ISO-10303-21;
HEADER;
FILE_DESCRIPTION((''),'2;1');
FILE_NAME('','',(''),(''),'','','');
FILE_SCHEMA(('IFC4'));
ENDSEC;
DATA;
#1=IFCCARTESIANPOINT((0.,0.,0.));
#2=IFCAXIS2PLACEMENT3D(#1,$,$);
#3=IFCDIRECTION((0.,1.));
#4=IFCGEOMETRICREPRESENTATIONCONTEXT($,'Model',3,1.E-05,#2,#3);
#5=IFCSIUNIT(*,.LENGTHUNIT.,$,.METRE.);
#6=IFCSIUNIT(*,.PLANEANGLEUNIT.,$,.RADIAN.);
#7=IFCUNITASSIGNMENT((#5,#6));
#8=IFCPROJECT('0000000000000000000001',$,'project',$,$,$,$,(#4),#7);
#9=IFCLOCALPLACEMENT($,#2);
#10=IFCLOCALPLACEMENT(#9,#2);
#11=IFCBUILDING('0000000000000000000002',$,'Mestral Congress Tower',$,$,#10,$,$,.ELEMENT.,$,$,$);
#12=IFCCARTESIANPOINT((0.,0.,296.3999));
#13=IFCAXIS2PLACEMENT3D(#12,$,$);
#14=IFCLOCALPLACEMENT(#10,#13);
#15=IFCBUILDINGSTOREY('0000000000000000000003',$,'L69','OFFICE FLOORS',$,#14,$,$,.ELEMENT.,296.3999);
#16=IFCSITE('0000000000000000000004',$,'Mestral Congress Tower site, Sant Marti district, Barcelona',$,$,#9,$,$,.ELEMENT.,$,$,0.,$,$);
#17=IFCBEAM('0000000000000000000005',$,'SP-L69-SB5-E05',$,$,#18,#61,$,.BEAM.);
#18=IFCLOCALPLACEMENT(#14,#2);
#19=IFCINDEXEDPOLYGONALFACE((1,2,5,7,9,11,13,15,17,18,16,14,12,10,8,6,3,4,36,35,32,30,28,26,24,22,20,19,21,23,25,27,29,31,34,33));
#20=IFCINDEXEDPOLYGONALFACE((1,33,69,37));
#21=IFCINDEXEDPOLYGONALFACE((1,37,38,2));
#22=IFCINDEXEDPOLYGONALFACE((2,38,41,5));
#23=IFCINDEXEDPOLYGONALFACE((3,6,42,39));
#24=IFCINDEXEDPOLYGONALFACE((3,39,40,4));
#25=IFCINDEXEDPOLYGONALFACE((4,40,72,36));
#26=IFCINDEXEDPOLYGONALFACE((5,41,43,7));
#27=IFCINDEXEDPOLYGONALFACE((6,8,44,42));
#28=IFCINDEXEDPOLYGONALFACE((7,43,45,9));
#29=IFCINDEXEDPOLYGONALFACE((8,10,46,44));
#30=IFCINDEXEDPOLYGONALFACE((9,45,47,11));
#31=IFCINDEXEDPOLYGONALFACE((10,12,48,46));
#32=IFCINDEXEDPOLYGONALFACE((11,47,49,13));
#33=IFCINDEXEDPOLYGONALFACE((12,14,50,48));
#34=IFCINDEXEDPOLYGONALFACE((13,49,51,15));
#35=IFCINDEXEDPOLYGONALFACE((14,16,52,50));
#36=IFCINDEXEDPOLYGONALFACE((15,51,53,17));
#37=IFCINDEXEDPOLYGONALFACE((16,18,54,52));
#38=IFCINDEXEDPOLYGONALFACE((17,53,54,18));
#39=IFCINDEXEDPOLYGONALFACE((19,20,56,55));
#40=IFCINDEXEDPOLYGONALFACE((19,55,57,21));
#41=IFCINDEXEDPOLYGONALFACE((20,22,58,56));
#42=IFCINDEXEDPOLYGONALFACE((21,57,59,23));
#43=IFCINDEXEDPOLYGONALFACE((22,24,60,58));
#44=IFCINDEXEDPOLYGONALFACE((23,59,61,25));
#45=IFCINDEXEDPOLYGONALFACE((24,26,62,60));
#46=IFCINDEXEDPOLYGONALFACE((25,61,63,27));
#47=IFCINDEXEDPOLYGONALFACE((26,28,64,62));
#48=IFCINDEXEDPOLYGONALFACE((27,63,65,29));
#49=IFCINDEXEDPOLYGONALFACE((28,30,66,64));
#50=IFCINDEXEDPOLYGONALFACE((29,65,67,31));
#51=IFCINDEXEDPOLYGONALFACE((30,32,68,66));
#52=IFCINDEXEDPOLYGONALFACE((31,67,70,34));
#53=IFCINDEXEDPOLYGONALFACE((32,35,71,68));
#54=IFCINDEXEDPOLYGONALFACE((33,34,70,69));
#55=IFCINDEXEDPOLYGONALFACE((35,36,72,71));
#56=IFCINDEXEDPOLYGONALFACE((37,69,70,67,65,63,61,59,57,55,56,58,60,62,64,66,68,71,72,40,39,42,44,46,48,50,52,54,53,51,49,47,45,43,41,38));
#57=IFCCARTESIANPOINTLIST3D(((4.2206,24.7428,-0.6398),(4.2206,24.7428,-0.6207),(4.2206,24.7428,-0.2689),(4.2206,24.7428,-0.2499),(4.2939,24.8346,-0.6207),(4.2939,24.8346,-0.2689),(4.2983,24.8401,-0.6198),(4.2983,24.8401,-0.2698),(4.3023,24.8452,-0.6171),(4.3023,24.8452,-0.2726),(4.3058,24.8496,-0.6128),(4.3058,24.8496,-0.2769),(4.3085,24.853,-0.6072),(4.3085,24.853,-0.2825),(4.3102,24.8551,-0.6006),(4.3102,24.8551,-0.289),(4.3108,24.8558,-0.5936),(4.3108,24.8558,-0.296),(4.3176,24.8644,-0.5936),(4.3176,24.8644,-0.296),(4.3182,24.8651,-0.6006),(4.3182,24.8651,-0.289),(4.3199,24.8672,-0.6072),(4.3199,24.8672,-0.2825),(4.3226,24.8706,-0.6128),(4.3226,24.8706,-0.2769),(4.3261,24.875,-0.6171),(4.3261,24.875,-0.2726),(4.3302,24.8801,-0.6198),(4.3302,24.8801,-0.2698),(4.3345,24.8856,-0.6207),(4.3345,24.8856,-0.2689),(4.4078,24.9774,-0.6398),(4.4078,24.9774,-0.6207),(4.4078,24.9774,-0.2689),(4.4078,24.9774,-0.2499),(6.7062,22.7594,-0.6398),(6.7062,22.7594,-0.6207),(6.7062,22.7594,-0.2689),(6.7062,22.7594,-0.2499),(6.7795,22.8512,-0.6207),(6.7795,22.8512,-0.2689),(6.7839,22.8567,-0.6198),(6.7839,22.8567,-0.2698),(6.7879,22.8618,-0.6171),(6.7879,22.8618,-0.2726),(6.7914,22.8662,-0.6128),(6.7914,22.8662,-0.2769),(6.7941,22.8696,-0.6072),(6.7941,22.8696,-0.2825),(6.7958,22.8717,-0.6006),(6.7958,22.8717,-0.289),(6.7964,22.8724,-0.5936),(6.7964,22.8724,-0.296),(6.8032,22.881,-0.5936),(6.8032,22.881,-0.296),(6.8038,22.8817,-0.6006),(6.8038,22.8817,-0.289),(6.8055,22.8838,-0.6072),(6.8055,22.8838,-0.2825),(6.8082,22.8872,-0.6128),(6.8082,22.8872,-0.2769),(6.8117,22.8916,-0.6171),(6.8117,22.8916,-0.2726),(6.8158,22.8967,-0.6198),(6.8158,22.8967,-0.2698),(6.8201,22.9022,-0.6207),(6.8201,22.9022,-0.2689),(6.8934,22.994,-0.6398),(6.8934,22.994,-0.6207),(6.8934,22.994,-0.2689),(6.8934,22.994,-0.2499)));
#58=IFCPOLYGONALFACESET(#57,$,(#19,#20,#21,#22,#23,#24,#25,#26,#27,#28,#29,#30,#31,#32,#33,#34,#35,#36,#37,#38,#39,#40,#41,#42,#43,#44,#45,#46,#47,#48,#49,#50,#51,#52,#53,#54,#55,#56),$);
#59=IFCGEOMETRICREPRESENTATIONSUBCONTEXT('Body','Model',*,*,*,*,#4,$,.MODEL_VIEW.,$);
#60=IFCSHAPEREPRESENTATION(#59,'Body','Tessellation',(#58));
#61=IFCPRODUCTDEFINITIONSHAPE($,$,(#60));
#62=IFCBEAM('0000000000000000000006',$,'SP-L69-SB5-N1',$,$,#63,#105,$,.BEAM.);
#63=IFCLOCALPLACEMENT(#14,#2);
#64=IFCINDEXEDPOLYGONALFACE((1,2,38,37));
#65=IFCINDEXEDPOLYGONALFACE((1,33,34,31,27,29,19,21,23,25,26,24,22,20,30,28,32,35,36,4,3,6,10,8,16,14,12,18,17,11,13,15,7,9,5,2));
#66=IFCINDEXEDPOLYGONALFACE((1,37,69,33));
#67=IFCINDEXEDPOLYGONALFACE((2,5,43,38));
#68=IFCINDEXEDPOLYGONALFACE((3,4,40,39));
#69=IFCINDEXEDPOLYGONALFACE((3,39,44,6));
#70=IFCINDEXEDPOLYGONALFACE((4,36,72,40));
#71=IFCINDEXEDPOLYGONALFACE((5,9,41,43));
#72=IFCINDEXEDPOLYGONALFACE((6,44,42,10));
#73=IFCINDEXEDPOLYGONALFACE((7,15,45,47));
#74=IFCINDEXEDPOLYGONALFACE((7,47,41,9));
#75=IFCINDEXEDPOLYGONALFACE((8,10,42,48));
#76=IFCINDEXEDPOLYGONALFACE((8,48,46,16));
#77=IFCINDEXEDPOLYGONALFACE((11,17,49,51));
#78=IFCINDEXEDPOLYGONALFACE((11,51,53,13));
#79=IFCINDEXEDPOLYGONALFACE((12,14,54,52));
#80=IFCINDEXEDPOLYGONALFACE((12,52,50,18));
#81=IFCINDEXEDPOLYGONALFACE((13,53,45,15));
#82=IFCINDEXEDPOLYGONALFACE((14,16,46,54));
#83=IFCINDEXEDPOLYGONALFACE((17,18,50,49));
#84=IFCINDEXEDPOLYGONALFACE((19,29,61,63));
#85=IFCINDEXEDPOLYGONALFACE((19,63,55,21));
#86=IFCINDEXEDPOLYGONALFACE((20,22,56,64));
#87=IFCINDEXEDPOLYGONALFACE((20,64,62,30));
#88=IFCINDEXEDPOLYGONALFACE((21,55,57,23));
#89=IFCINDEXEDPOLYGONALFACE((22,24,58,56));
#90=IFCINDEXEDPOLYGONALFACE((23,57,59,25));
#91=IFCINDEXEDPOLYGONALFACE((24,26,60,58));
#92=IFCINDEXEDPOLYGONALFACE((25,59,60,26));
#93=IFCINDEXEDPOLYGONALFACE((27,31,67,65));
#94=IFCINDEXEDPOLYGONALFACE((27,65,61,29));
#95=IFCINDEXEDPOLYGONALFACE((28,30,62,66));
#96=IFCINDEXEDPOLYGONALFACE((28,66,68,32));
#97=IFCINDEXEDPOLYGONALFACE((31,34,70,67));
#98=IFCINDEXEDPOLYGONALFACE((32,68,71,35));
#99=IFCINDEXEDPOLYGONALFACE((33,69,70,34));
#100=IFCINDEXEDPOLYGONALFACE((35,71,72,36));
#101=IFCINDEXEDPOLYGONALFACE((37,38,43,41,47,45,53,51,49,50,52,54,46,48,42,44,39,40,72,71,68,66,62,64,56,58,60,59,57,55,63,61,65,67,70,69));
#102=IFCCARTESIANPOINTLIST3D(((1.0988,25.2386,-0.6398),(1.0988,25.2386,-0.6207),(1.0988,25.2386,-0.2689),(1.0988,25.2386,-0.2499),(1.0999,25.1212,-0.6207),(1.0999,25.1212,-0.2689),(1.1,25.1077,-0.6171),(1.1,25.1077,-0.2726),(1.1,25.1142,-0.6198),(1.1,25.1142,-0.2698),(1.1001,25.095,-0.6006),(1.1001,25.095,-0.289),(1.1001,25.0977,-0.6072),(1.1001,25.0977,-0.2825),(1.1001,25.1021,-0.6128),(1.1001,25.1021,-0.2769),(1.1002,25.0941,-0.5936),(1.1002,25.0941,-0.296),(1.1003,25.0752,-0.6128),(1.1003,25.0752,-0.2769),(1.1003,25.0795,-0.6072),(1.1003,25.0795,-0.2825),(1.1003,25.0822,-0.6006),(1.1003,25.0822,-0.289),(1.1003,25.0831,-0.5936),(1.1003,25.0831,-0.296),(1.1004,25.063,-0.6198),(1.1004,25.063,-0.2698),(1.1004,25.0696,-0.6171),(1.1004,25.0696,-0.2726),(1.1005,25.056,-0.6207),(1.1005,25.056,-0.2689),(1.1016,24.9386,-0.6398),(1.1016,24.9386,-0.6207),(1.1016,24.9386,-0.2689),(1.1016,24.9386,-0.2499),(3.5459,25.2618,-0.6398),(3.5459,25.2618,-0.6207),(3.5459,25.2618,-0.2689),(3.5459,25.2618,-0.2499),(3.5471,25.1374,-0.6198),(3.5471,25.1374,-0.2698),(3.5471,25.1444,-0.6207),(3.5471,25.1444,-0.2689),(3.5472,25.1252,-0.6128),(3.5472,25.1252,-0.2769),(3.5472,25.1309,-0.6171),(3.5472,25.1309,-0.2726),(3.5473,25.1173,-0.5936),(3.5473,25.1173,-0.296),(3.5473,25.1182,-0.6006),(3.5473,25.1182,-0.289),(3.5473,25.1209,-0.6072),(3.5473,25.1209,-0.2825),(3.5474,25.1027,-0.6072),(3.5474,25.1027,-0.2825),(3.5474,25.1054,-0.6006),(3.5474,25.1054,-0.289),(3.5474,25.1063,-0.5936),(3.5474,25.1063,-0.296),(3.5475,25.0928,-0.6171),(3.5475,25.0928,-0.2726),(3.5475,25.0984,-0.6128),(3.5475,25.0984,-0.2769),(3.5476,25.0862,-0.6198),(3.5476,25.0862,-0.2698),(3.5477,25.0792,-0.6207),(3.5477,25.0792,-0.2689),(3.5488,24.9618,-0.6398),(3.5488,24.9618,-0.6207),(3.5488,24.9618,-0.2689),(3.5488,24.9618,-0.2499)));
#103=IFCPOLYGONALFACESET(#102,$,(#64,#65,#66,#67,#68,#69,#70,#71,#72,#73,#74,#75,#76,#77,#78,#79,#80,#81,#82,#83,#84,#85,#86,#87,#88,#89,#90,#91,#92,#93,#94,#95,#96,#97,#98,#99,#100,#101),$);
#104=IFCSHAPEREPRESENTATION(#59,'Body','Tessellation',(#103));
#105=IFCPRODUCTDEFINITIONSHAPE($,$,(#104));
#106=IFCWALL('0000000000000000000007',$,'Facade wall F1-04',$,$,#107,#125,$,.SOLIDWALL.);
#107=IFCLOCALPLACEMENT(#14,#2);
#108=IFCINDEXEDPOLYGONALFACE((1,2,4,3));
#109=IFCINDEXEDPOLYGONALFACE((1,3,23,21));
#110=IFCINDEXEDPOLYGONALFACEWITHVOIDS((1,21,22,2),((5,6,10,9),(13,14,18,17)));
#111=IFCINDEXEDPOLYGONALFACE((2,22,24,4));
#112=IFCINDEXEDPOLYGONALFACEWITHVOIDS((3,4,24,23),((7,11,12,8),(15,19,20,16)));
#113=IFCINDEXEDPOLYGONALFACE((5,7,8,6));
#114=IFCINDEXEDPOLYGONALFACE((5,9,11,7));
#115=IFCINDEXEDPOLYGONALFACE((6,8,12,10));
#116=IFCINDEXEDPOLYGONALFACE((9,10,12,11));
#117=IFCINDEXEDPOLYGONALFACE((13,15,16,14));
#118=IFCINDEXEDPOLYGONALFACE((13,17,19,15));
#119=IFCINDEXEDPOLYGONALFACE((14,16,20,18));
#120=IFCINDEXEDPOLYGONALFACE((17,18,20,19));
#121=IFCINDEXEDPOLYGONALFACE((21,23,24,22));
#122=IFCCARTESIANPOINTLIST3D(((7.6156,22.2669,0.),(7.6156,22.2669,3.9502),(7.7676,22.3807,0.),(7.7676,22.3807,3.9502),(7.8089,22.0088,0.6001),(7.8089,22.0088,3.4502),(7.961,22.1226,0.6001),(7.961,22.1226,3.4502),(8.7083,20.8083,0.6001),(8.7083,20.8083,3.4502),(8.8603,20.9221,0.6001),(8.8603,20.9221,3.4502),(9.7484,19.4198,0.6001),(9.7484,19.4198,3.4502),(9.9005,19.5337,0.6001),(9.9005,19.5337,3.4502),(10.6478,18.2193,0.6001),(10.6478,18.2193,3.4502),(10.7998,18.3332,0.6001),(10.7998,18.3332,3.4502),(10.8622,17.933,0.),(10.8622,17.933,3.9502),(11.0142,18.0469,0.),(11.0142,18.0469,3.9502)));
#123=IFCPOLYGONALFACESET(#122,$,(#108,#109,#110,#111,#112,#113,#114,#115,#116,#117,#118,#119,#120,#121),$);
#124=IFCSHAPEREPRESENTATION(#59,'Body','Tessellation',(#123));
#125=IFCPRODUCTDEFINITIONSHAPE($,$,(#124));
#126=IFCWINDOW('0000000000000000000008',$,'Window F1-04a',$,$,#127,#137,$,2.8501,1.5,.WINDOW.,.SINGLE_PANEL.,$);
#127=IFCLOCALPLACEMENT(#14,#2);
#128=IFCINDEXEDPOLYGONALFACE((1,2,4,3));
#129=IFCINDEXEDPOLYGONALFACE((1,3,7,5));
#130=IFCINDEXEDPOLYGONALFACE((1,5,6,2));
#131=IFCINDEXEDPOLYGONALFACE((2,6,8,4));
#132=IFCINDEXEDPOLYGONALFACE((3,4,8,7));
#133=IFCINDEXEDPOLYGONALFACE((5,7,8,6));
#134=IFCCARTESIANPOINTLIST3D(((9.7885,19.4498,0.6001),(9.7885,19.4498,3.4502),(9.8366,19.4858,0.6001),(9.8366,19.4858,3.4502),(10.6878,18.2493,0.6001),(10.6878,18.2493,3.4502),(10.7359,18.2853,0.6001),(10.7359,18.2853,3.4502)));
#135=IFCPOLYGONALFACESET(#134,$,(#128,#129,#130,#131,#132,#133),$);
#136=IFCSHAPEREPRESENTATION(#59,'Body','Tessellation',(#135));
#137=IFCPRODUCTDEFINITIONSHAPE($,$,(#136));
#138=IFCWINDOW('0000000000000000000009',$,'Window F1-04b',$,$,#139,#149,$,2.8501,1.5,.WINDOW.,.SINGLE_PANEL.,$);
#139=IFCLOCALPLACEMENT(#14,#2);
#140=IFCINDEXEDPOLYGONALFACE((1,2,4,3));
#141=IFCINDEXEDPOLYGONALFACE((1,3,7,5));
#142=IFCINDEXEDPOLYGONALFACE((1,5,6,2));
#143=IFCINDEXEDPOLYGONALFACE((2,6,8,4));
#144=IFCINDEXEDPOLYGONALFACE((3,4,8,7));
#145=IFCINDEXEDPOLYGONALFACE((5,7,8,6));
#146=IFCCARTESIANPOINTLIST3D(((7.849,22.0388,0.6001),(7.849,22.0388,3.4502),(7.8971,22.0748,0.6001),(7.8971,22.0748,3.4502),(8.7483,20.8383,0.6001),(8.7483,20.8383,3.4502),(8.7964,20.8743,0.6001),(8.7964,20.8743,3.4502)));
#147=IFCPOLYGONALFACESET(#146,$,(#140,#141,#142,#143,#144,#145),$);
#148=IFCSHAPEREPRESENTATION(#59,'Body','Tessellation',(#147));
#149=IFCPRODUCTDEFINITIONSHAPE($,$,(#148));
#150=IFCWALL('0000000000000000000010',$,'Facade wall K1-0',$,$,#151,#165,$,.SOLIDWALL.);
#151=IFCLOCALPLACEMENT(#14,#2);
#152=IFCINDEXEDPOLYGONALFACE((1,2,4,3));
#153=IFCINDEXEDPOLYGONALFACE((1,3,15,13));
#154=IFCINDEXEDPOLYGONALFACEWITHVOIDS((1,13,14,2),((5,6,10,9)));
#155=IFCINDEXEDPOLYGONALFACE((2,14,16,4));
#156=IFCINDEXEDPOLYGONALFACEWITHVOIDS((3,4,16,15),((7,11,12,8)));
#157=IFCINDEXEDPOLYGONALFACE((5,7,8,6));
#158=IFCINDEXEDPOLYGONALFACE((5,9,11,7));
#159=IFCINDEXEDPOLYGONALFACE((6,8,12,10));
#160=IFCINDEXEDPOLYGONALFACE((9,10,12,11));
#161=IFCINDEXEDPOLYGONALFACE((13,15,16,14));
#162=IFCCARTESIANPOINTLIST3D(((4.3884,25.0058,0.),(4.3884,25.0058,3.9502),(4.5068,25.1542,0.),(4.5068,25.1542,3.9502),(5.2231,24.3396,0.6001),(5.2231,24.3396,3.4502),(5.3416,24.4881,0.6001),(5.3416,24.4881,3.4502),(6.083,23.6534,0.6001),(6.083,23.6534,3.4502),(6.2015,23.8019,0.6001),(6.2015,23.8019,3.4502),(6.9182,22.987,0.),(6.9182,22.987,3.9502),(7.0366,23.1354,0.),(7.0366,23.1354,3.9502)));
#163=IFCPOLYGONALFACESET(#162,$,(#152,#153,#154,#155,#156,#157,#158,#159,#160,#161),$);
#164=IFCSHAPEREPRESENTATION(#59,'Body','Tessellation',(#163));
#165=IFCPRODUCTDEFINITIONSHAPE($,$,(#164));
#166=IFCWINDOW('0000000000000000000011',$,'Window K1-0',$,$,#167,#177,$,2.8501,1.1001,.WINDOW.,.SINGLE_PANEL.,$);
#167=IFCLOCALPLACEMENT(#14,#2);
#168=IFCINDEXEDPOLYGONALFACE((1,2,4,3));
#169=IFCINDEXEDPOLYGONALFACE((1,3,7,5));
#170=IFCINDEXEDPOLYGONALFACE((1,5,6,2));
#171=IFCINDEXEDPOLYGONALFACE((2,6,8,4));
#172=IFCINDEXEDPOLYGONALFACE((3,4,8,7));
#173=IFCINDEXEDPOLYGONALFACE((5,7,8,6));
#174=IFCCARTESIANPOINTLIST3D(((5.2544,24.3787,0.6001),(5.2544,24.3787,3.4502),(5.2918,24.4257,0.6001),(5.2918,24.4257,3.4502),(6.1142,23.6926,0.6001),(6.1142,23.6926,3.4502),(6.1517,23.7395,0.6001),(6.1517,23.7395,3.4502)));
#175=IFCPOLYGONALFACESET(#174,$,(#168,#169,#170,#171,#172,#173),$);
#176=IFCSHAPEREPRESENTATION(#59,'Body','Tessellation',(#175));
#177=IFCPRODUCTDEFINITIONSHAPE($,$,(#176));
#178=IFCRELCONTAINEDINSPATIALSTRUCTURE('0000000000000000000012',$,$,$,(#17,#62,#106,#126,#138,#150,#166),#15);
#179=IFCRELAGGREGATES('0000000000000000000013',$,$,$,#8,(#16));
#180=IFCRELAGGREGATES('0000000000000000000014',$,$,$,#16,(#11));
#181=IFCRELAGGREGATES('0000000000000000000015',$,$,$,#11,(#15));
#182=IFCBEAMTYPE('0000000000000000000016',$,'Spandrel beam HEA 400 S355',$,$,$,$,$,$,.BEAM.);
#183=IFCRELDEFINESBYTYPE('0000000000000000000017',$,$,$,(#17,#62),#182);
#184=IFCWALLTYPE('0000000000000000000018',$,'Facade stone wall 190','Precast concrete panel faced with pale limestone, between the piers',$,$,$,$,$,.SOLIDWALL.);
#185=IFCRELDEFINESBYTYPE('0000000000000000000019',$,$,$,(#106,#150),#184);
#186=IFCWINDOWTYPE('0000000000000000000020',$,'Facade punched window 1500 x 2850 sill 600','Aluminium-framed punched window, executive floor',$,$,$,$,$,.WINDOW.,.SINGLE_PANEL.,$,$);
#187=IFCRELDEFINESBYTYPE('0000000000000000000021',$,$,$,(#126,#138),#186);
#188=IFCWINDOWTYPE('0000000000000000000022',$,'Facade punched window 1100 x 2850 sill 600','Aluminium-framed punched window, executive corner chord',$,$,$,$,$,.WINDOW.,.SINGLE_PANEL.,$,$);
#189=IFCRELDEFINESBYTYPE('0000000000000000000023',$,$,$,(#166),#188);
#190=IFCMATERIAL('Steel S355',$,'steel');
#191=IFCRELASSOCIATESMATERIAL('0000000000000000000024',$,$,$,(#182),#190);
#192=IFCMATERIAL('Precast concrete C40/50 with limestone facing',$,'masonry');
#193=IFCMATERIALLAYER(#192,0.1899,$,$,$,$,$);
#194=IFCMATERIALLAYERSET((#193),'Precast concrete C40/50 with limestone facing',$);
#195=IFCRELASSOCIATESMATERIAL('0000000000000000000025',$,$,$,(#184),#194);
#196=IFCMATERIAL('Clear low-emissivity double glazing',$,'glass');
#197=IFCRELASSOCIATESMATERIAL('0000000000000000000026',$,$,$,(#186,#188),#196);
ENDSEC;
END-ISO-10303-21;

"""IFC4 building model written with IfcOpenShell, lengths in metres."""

from ifc_helpers import new_model, si_unit, direction, frame, frame_2d, origin, origin_2d, place, context, subcontext, project, spatial, rectangle, i_section, extrude, material, layer, layer_set, material_profile, profile_set, type_object, element, fill, save


model = new_model("IFC4")

# Units and contexts
model_context = context("Model", 3, precision=1e-05, world=origin(), true_north=direction((0.0, 1.0)))
body_context = subcontext(model_context, "Body", "Model", "MODEL_VIEW")
ifc_project = project(units=[si_unit("LENGTHUNIT", "METRE"), si_unit("PLANEANGLEUNIT", "RADIAN")], contexts=[model_context])

# Site, building, storey
site_placement = place(None, origin())
site = spatial("IfcSite", under=ifc_project, at=site_placement, Name="Mestral Congress Tower site, Sant Marti district, Barcelona", CompositionType="ELEMENT", RefElevation=0.0)
building_placement = place(site_placement, origin())
building = spatial("IfcBuilding", under=site, at=building_placement, Name="Mestral Congress Tower", CompositionType="ELEMENT")
storey_placement = place(building_placement, frame((0.0, 0.0, 296.3999)))
storey = spatial("IfcBuildingStorey", under=building, at=storey_placement, Name="L69", Description="OFFICE FLOORS", CompositionType="ELEMENT", Elevation=296.3999)

# Beams
ifc_material_1 = material(Name="Steel S355", Category="steel")
ifc_material_profile_1 = material_profile(ifc_material_1, i_section(OverallWidth=0.3, OverallDepth=0.3899, WebThickness=0.011, FlangeThickness=0.019, FilletRadius=0.0271, at=origin_2d()), Name="HEA 400")
ifc_profile_set_1 = profile_set([ifc_material_profile_1], Name="Steel S355")
beam_type_1 = type_object("IfcBeamType", Name="Spandrel beam HEA 400 S355", PredefinedType="BEAM", material=ifc_profile_set_1)
beam_1_placement = place(storey_placement, frame((6.7998, 22.8767, -0.4448), z_axis=(-0.781647, 0.623721, 0.0), x_axis=(-0.623721, -0.781647, 0.0)))
element("IfcBeam", 1, at=beam_1_placement, inside=storey, type_object=beam_type_1, Name="SP-L69-SB5-E05", PredefinedType="BEAM", context=body_context, shape_type="SweptSolid", body=[
    extrude(i_section(OverallWidth=0.3, OverallDepth=0.3899, WebThickness=0.011, FlangeThickness=0.019, FilletRadius=0.0271, at=origin_2d()), origin(), (0.0, 0.0, 1.0), 3.1799),
])
beam_2_placement = place(storey_placement, frame((3.5474, 25.1118, -0.4448), z_axis=(-0.999955, -0.009477, 0.0), x_axis=(0.009477, -0.999955, 0.0)))
element("IfcBeam", 2, at=beam_2_placement, inside=storey, type_object=beam_type_1, Name="SP-L69-SB5-N1", PredefinedType="BEAM", context=body_context, shape_type="SweptSolid", body=[
    extrude(i_section(OverallWidth=0.3, OverallDepth=0.3899, WebThickness=0.011, FlangeThickness=0.019, FilletRadius=0.0271, at=origin_2d()), origin(), (0.0, 0.0, 1.0), 2.4473),
])

# Wall, openings, windows
ifc_material_2 = material(Name="Precast concrete C40/50 with limestone facing", Category="masonry")
ifc_layer_1 = layer(ifc_material_2, 0.1899)
ifc_layer_set_1 = layer_set([ifc_layer_1], Name="Precast concrete C40/50 with limestone facing")
wall_type_1 = type_object("IfcWallType", Name="Facade stone wall 190", Description="Precast concrete panel faced with pale limestone, between the piers", PredefinedType="SOLIDWALL", material=ifc_layer_set_1)
wall_1_placement = place(storey_placement, frame((10.9382, 17.99, 0.0), z_axis=(0.0, 0.0, 1.0), x_axis=(-0.59956, 0.80033, 0.0)))
wall_1 = element("IfcWall", 3, at=wall_1_placement, inside=storey, type_object=wall_type_1, Name="Facade wall F1-04", PredefinedType="SOLIDWALL", context=body_context, shape_type="SweptSolid", body=[
    extrude(rectangle(XDim=5.415, YDim=0.1899, at=frame_2d((2.7075, 0.0))), origin(), (0.0, 0.0, 1.0), 3.9502),
])
opening_1_placement = place(wall_1_placement, frame((0.3577, 0.0, 0.6001)))
opening_1 = element("IfcOpeningElement", 4, at=opening_1_placement, cuts=wall_1, PredefinedType="OPENING", context=body_context, shape_type="SweptSolid", body=[
    extrude(rectangle(XDim=1.5, YDim=2.8501, at=frame_2d((0.75, 1.425))), frame((0.0, 0.105, 0.0), z_axis=(0.0, -1.0, 0.0), x_axis=(1.0, 0.0, 0.0)), (0.0, 0.0, 1.0), 0.21),
])
opening_2_placement = place(wall_1_placement, frame((3.5925, 0.0, 0.6001)))
opening_2 = element("IfcOpeningElement", 5, at=opening_2_placement, cuts=wall_1, PredefinedType="OPENING", context=body_context, shape_type="SweptSolid", body=[
    extrude(rectangle(XDim=1.5, YDim=2.8501, at=frame_2d((0.75, 1.425))), frame((0.0, 0.105, 0.0), z_axis=(0.0, -1.0, 0.0), x_axis=(1.0, 0.0, 0.0)), (0.0, 0.0, 1.0), 0.21),
])
ifc_material_3 = material(Name="Clear low-emissivity double glazing", Category="glass")
window_type_1 = type_object("IfcWindowType", Name="Facade punched window 1500 x 2850 sill 600", Description="Aluminium-framed punched window, executive floor", PartitioningType="SINGLE_PANEL", PredefinedType="WINDOW", material=ifc_material_3)
window_1_placement = place(opening_1_placement, origin())
window_1 = element("IfcWindow", 6, at=window_1_placement, inside=storey, type_object=window_type_1, Name="Window F1-04a", OverallHeight=2.8501, OverallWidth=1.5, PartitioningType="SINGLE_PANEL", PredefinedType="WINDOW", context=body_context, shape_type="SweptSolid", body=[
    extrude(rectangle(XDim=1.5, YDim=2.8501, at=frame_2d((0.75, 1.425))), frame((0.0, 0.0449, 0.0), z_axis=(0.0, -1.0, 0.0), x_axis=(1.0, 0.0, 0.0)), (0.0, 0.0, 1.0), 0.0601),
])
fill(opening_1, window_1)
window_2_placement = place(opening_2_placement, origin())
window_2 = element("IfcWindow", 7, at=window_2_placement, inside=storey, type_object=window_type_1, Name="Window F1-04b", OverallHeight=2.8501, OverallWidth=1.5, PartitioningType="SINGLE_PANEL", PredefinedType="WINDOW", context=body_context, shape_type="SweptSolid", body=[
    extrude(rectangle(XDim=1.5, YDim=2.8501, at=frame_2d((0.75, 1.425))), frame((0.0, 0.0449, 0.0), z_axis=(0.0, -1.0, 0.0), x_axis=(1.0, 0.0, 0.0)), (0.0, 0.0, 1.0), 0.0601),
])
fill(opening_2, window_2)

# Wall, opening, window
wall_2_placement = place(storey_placement, frame((6.9773, 23.0613, 0.0), z_axis=(0.0, 0.0, 1.0), x_axis=(-0.781626, 0.623747, 0.0)))
wall_2 = element("IfcWall", 8, at=wall_2_placement, inside=storey, type_object=wall_type_1, Name="Facade wall K1-0", PredefinedType="SOLIDWALL", context=body_context, shape_type="SweptSolid", body=[
    extrude(rectangle(XDim=3.2366, YDim=0.1899, at=frame_2d((1.6182, 0.0))), origin(), (0.0, 0.0, 1.0), 3.9502),
])
opening_3_placement = place(wall_2_placement, frame((1.0684, 0.0, 0.6001)))
opening_3 = element("IfcOpeningElement", 9, at=opening_3_placement, cuts=wall_2, PredefinedType="OPENING", context=body_context, shape_type="SweptSolid", body=[
    extrude(rectangle(XDim=1.1001, YDim=2.8501, at=frame_2d((0.55, 1.425))), frame((0.0, 0.105, 0.0), z_axis=(0.0, -1.0, 0.0), x_axis=(1.0, 0.0, 0.0)), (0.0, 0.0, 1.0), 0.21),
])
window_type_2 = type_object("IfcWindowType", Name="Facade punched window 1100 x 2850 sill 600", Description="Aluminium-framed punched window, executive corner chord", PartitioningType="SINGLE_PANEL", PredefinedType="WINDOW", material=ifc_material_3)
window_3_placement = place(opening_3_placement, origin())
window_3 = element("IfcWindow", 10, at=window_3_placement, inside=storey, type_object=window_type_2, Name="Window K1-0", OverallHeight=2.8501, OverallWidth=1.1001, PartitioningType="SINGLE_PANEL", PredefinedType="WINDOW", context=body_context, shape_type="SweptSolid", body=[
    extrude(rectangle(XDim=1.1001, YDim=2.8501, at=frame_2d((0.55, 1.425))), frame((0.0, 0.0449, 0.0), z_axis=(0.0, -1.0, 0.0), x_axis=(1.0, 0.0, 0.0)), (0.0, 0.0, 1.0), 0.0601),
])
fill(opening_3, window_3)

save(model, "model.ifc")
